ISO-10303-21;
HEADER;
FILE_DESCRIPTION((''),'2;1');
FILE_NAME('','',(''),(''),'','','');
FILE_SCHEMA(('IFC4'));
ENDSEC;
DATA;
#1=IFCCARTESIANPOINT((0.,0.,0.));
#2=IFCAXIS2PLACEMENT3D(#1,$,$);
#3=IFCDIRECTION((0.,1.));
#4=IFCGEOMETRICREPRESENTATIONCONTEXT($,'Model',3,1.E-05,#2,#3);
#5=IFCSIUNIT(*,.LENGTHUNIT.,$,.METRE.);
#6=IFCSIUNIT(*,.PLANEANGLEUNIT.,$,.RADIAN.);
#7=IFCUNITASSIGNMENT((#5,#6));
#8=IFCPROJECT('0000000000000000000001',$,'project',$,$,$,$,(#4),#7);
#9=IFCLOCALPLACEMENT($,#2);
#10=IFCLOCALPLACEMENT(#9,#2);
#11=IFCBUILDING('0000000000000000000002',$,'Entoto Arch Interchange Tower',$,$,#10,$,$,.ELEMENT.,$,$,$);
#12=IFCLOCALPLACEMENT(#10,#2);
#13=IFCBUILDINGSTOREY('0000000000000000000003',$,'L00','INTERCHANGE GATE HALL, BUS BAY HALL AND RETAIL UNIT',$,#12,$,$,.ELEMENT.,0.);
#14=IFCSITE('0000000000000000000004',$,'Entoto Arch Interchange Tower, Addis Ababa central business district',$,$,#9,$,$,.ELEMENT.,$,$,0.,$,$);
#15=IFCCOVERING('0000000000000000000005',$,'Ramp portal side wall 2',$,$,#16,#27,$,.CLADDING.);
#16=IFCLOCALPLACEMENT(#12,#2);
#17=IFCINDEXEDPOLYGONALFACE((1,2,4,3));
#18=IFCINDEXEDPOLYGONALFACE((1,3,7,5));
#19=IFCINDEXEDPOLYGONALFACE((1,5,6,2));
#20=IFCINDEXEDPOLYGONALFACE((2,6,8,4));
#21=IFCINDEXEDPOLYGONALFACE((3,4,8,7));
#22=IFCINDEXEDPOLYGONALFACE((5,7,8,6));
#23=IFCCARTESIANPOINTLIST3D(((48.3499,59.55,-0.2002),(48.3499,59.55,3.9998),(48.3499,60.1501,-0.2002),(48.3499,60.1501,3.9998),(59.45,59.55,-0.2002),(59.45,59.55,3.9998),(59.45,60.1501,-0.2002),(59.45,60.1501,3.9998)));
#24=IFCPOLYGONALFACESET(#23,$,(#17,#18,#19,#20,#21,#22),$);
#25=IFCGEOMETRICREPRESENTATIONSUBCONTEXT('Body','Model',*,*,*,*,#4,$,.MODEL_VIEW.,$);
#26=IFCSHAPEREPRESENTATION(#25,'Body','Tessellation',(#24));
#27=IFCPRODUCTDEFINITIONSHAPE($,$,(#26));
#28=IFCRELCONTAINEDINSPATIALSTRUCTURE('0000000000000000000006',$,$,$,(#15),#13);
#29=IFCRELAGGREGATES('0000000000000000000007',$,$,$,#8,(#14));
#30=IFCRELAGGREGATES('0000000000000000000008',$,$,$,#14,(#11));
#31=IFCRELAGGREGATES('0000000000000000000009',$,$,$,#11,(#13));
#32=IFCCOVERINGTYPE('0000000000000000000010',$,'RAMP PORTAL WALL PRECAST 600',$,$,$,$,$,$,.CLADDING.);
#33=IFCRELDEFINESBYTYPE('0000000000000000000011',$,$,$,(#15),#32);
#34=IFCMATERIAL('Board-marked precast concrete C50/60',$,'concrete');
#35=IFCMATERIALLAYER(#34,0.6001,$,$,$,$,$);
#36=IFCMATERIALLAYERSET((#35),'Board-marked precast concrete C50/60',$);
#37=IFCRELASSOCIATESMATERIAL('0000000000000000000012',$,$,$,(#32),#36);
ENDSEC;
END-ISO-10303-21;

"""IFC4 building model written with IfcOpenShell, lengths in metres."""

from ifc_helpers import new_model, si_unit, direction, frame, origin, origin_2d, place, context, subcontext, project, spatial, rectangle, extrude, material, layer, layer_set, type_object, element, save


model = new_model("IFC4")

# Units and contexts
model_context = context("Model", 3, precision=1e-05, world=origin(), true_north=direction((0.0, 1.0)))
body_context = subcontext(model_context, "Body", "Model", "MODEL_VIEW")
ifc_project = project(units=[si_unit("LENGTHUNIT", "METRE"), si_unit("PLANEANGLEUNIT", "RADIAN")], contexts=[model_context])

# Site, building, storey
site_placement = place(None, origin())
site = spatial("IfcSite", under=ifc_project, at=site_placement, Name="Entoto Arch Interchange Tower, Addis Ababa central business district", CompositionType="ELEMENT", RefElevation=0.0)
building_placement = place(site_placement, origin())
building = spatial("IfcBuilding", under=site, at=building_placement, Name="Entoto Arch Interchange Tower", CompositionType="ELEMENT")
storey_placement = place(building_placement, origin())
storey = spatial("IfcBuildingStorey", under=building, at=storey_placement, Name="L00", Description="INTERCHANGE GATE HALL, BUS BAY HALL AND RETAIL UNIT", CompositionType="ELEMENT", Elevation=0.0)

# Covering
ifc_material_1 = material(Name="Board-marked precast concrete C50/60", Category="concrete")
ifc_layer_1 = layer(ifc_material_1, 0.6001)
ifc_layer_set_1 = layer_set([ifc_layer_1], Name="Board-marked precast concrete C50/60")
covering_type_1 = type_object("IfcCoveringType", Name="RAMP PORTAL WALL PRECAST 600", PredefinedType="CLADDING", material=ifc_layer_set_1)
for number, where, z_axis, x_axis, name in (
    (1, (53.8999, 59.8501, -0.2002), (0.0, 0.0, 1.0), (1.0, 0.0, 0.0), "Ramp portal side wall 2"),
):
    element("IfcCovering", number, at=place(storey_placement, frame(where, z_axis=z_axis, x_axis=x_axis)), inside=storey, type_object=covering_type_1, Name=name, PredefinedType="CLADDING", context=body_context, shape_type="SweptSolid", body=[
        extrude(rectangle(XDim=11.1001, YDim=0.6001, at=origin_2d()), origin(), (0.0, 0.0, 1.0), 4.2),
    ])

save(model, "model.ifc")
